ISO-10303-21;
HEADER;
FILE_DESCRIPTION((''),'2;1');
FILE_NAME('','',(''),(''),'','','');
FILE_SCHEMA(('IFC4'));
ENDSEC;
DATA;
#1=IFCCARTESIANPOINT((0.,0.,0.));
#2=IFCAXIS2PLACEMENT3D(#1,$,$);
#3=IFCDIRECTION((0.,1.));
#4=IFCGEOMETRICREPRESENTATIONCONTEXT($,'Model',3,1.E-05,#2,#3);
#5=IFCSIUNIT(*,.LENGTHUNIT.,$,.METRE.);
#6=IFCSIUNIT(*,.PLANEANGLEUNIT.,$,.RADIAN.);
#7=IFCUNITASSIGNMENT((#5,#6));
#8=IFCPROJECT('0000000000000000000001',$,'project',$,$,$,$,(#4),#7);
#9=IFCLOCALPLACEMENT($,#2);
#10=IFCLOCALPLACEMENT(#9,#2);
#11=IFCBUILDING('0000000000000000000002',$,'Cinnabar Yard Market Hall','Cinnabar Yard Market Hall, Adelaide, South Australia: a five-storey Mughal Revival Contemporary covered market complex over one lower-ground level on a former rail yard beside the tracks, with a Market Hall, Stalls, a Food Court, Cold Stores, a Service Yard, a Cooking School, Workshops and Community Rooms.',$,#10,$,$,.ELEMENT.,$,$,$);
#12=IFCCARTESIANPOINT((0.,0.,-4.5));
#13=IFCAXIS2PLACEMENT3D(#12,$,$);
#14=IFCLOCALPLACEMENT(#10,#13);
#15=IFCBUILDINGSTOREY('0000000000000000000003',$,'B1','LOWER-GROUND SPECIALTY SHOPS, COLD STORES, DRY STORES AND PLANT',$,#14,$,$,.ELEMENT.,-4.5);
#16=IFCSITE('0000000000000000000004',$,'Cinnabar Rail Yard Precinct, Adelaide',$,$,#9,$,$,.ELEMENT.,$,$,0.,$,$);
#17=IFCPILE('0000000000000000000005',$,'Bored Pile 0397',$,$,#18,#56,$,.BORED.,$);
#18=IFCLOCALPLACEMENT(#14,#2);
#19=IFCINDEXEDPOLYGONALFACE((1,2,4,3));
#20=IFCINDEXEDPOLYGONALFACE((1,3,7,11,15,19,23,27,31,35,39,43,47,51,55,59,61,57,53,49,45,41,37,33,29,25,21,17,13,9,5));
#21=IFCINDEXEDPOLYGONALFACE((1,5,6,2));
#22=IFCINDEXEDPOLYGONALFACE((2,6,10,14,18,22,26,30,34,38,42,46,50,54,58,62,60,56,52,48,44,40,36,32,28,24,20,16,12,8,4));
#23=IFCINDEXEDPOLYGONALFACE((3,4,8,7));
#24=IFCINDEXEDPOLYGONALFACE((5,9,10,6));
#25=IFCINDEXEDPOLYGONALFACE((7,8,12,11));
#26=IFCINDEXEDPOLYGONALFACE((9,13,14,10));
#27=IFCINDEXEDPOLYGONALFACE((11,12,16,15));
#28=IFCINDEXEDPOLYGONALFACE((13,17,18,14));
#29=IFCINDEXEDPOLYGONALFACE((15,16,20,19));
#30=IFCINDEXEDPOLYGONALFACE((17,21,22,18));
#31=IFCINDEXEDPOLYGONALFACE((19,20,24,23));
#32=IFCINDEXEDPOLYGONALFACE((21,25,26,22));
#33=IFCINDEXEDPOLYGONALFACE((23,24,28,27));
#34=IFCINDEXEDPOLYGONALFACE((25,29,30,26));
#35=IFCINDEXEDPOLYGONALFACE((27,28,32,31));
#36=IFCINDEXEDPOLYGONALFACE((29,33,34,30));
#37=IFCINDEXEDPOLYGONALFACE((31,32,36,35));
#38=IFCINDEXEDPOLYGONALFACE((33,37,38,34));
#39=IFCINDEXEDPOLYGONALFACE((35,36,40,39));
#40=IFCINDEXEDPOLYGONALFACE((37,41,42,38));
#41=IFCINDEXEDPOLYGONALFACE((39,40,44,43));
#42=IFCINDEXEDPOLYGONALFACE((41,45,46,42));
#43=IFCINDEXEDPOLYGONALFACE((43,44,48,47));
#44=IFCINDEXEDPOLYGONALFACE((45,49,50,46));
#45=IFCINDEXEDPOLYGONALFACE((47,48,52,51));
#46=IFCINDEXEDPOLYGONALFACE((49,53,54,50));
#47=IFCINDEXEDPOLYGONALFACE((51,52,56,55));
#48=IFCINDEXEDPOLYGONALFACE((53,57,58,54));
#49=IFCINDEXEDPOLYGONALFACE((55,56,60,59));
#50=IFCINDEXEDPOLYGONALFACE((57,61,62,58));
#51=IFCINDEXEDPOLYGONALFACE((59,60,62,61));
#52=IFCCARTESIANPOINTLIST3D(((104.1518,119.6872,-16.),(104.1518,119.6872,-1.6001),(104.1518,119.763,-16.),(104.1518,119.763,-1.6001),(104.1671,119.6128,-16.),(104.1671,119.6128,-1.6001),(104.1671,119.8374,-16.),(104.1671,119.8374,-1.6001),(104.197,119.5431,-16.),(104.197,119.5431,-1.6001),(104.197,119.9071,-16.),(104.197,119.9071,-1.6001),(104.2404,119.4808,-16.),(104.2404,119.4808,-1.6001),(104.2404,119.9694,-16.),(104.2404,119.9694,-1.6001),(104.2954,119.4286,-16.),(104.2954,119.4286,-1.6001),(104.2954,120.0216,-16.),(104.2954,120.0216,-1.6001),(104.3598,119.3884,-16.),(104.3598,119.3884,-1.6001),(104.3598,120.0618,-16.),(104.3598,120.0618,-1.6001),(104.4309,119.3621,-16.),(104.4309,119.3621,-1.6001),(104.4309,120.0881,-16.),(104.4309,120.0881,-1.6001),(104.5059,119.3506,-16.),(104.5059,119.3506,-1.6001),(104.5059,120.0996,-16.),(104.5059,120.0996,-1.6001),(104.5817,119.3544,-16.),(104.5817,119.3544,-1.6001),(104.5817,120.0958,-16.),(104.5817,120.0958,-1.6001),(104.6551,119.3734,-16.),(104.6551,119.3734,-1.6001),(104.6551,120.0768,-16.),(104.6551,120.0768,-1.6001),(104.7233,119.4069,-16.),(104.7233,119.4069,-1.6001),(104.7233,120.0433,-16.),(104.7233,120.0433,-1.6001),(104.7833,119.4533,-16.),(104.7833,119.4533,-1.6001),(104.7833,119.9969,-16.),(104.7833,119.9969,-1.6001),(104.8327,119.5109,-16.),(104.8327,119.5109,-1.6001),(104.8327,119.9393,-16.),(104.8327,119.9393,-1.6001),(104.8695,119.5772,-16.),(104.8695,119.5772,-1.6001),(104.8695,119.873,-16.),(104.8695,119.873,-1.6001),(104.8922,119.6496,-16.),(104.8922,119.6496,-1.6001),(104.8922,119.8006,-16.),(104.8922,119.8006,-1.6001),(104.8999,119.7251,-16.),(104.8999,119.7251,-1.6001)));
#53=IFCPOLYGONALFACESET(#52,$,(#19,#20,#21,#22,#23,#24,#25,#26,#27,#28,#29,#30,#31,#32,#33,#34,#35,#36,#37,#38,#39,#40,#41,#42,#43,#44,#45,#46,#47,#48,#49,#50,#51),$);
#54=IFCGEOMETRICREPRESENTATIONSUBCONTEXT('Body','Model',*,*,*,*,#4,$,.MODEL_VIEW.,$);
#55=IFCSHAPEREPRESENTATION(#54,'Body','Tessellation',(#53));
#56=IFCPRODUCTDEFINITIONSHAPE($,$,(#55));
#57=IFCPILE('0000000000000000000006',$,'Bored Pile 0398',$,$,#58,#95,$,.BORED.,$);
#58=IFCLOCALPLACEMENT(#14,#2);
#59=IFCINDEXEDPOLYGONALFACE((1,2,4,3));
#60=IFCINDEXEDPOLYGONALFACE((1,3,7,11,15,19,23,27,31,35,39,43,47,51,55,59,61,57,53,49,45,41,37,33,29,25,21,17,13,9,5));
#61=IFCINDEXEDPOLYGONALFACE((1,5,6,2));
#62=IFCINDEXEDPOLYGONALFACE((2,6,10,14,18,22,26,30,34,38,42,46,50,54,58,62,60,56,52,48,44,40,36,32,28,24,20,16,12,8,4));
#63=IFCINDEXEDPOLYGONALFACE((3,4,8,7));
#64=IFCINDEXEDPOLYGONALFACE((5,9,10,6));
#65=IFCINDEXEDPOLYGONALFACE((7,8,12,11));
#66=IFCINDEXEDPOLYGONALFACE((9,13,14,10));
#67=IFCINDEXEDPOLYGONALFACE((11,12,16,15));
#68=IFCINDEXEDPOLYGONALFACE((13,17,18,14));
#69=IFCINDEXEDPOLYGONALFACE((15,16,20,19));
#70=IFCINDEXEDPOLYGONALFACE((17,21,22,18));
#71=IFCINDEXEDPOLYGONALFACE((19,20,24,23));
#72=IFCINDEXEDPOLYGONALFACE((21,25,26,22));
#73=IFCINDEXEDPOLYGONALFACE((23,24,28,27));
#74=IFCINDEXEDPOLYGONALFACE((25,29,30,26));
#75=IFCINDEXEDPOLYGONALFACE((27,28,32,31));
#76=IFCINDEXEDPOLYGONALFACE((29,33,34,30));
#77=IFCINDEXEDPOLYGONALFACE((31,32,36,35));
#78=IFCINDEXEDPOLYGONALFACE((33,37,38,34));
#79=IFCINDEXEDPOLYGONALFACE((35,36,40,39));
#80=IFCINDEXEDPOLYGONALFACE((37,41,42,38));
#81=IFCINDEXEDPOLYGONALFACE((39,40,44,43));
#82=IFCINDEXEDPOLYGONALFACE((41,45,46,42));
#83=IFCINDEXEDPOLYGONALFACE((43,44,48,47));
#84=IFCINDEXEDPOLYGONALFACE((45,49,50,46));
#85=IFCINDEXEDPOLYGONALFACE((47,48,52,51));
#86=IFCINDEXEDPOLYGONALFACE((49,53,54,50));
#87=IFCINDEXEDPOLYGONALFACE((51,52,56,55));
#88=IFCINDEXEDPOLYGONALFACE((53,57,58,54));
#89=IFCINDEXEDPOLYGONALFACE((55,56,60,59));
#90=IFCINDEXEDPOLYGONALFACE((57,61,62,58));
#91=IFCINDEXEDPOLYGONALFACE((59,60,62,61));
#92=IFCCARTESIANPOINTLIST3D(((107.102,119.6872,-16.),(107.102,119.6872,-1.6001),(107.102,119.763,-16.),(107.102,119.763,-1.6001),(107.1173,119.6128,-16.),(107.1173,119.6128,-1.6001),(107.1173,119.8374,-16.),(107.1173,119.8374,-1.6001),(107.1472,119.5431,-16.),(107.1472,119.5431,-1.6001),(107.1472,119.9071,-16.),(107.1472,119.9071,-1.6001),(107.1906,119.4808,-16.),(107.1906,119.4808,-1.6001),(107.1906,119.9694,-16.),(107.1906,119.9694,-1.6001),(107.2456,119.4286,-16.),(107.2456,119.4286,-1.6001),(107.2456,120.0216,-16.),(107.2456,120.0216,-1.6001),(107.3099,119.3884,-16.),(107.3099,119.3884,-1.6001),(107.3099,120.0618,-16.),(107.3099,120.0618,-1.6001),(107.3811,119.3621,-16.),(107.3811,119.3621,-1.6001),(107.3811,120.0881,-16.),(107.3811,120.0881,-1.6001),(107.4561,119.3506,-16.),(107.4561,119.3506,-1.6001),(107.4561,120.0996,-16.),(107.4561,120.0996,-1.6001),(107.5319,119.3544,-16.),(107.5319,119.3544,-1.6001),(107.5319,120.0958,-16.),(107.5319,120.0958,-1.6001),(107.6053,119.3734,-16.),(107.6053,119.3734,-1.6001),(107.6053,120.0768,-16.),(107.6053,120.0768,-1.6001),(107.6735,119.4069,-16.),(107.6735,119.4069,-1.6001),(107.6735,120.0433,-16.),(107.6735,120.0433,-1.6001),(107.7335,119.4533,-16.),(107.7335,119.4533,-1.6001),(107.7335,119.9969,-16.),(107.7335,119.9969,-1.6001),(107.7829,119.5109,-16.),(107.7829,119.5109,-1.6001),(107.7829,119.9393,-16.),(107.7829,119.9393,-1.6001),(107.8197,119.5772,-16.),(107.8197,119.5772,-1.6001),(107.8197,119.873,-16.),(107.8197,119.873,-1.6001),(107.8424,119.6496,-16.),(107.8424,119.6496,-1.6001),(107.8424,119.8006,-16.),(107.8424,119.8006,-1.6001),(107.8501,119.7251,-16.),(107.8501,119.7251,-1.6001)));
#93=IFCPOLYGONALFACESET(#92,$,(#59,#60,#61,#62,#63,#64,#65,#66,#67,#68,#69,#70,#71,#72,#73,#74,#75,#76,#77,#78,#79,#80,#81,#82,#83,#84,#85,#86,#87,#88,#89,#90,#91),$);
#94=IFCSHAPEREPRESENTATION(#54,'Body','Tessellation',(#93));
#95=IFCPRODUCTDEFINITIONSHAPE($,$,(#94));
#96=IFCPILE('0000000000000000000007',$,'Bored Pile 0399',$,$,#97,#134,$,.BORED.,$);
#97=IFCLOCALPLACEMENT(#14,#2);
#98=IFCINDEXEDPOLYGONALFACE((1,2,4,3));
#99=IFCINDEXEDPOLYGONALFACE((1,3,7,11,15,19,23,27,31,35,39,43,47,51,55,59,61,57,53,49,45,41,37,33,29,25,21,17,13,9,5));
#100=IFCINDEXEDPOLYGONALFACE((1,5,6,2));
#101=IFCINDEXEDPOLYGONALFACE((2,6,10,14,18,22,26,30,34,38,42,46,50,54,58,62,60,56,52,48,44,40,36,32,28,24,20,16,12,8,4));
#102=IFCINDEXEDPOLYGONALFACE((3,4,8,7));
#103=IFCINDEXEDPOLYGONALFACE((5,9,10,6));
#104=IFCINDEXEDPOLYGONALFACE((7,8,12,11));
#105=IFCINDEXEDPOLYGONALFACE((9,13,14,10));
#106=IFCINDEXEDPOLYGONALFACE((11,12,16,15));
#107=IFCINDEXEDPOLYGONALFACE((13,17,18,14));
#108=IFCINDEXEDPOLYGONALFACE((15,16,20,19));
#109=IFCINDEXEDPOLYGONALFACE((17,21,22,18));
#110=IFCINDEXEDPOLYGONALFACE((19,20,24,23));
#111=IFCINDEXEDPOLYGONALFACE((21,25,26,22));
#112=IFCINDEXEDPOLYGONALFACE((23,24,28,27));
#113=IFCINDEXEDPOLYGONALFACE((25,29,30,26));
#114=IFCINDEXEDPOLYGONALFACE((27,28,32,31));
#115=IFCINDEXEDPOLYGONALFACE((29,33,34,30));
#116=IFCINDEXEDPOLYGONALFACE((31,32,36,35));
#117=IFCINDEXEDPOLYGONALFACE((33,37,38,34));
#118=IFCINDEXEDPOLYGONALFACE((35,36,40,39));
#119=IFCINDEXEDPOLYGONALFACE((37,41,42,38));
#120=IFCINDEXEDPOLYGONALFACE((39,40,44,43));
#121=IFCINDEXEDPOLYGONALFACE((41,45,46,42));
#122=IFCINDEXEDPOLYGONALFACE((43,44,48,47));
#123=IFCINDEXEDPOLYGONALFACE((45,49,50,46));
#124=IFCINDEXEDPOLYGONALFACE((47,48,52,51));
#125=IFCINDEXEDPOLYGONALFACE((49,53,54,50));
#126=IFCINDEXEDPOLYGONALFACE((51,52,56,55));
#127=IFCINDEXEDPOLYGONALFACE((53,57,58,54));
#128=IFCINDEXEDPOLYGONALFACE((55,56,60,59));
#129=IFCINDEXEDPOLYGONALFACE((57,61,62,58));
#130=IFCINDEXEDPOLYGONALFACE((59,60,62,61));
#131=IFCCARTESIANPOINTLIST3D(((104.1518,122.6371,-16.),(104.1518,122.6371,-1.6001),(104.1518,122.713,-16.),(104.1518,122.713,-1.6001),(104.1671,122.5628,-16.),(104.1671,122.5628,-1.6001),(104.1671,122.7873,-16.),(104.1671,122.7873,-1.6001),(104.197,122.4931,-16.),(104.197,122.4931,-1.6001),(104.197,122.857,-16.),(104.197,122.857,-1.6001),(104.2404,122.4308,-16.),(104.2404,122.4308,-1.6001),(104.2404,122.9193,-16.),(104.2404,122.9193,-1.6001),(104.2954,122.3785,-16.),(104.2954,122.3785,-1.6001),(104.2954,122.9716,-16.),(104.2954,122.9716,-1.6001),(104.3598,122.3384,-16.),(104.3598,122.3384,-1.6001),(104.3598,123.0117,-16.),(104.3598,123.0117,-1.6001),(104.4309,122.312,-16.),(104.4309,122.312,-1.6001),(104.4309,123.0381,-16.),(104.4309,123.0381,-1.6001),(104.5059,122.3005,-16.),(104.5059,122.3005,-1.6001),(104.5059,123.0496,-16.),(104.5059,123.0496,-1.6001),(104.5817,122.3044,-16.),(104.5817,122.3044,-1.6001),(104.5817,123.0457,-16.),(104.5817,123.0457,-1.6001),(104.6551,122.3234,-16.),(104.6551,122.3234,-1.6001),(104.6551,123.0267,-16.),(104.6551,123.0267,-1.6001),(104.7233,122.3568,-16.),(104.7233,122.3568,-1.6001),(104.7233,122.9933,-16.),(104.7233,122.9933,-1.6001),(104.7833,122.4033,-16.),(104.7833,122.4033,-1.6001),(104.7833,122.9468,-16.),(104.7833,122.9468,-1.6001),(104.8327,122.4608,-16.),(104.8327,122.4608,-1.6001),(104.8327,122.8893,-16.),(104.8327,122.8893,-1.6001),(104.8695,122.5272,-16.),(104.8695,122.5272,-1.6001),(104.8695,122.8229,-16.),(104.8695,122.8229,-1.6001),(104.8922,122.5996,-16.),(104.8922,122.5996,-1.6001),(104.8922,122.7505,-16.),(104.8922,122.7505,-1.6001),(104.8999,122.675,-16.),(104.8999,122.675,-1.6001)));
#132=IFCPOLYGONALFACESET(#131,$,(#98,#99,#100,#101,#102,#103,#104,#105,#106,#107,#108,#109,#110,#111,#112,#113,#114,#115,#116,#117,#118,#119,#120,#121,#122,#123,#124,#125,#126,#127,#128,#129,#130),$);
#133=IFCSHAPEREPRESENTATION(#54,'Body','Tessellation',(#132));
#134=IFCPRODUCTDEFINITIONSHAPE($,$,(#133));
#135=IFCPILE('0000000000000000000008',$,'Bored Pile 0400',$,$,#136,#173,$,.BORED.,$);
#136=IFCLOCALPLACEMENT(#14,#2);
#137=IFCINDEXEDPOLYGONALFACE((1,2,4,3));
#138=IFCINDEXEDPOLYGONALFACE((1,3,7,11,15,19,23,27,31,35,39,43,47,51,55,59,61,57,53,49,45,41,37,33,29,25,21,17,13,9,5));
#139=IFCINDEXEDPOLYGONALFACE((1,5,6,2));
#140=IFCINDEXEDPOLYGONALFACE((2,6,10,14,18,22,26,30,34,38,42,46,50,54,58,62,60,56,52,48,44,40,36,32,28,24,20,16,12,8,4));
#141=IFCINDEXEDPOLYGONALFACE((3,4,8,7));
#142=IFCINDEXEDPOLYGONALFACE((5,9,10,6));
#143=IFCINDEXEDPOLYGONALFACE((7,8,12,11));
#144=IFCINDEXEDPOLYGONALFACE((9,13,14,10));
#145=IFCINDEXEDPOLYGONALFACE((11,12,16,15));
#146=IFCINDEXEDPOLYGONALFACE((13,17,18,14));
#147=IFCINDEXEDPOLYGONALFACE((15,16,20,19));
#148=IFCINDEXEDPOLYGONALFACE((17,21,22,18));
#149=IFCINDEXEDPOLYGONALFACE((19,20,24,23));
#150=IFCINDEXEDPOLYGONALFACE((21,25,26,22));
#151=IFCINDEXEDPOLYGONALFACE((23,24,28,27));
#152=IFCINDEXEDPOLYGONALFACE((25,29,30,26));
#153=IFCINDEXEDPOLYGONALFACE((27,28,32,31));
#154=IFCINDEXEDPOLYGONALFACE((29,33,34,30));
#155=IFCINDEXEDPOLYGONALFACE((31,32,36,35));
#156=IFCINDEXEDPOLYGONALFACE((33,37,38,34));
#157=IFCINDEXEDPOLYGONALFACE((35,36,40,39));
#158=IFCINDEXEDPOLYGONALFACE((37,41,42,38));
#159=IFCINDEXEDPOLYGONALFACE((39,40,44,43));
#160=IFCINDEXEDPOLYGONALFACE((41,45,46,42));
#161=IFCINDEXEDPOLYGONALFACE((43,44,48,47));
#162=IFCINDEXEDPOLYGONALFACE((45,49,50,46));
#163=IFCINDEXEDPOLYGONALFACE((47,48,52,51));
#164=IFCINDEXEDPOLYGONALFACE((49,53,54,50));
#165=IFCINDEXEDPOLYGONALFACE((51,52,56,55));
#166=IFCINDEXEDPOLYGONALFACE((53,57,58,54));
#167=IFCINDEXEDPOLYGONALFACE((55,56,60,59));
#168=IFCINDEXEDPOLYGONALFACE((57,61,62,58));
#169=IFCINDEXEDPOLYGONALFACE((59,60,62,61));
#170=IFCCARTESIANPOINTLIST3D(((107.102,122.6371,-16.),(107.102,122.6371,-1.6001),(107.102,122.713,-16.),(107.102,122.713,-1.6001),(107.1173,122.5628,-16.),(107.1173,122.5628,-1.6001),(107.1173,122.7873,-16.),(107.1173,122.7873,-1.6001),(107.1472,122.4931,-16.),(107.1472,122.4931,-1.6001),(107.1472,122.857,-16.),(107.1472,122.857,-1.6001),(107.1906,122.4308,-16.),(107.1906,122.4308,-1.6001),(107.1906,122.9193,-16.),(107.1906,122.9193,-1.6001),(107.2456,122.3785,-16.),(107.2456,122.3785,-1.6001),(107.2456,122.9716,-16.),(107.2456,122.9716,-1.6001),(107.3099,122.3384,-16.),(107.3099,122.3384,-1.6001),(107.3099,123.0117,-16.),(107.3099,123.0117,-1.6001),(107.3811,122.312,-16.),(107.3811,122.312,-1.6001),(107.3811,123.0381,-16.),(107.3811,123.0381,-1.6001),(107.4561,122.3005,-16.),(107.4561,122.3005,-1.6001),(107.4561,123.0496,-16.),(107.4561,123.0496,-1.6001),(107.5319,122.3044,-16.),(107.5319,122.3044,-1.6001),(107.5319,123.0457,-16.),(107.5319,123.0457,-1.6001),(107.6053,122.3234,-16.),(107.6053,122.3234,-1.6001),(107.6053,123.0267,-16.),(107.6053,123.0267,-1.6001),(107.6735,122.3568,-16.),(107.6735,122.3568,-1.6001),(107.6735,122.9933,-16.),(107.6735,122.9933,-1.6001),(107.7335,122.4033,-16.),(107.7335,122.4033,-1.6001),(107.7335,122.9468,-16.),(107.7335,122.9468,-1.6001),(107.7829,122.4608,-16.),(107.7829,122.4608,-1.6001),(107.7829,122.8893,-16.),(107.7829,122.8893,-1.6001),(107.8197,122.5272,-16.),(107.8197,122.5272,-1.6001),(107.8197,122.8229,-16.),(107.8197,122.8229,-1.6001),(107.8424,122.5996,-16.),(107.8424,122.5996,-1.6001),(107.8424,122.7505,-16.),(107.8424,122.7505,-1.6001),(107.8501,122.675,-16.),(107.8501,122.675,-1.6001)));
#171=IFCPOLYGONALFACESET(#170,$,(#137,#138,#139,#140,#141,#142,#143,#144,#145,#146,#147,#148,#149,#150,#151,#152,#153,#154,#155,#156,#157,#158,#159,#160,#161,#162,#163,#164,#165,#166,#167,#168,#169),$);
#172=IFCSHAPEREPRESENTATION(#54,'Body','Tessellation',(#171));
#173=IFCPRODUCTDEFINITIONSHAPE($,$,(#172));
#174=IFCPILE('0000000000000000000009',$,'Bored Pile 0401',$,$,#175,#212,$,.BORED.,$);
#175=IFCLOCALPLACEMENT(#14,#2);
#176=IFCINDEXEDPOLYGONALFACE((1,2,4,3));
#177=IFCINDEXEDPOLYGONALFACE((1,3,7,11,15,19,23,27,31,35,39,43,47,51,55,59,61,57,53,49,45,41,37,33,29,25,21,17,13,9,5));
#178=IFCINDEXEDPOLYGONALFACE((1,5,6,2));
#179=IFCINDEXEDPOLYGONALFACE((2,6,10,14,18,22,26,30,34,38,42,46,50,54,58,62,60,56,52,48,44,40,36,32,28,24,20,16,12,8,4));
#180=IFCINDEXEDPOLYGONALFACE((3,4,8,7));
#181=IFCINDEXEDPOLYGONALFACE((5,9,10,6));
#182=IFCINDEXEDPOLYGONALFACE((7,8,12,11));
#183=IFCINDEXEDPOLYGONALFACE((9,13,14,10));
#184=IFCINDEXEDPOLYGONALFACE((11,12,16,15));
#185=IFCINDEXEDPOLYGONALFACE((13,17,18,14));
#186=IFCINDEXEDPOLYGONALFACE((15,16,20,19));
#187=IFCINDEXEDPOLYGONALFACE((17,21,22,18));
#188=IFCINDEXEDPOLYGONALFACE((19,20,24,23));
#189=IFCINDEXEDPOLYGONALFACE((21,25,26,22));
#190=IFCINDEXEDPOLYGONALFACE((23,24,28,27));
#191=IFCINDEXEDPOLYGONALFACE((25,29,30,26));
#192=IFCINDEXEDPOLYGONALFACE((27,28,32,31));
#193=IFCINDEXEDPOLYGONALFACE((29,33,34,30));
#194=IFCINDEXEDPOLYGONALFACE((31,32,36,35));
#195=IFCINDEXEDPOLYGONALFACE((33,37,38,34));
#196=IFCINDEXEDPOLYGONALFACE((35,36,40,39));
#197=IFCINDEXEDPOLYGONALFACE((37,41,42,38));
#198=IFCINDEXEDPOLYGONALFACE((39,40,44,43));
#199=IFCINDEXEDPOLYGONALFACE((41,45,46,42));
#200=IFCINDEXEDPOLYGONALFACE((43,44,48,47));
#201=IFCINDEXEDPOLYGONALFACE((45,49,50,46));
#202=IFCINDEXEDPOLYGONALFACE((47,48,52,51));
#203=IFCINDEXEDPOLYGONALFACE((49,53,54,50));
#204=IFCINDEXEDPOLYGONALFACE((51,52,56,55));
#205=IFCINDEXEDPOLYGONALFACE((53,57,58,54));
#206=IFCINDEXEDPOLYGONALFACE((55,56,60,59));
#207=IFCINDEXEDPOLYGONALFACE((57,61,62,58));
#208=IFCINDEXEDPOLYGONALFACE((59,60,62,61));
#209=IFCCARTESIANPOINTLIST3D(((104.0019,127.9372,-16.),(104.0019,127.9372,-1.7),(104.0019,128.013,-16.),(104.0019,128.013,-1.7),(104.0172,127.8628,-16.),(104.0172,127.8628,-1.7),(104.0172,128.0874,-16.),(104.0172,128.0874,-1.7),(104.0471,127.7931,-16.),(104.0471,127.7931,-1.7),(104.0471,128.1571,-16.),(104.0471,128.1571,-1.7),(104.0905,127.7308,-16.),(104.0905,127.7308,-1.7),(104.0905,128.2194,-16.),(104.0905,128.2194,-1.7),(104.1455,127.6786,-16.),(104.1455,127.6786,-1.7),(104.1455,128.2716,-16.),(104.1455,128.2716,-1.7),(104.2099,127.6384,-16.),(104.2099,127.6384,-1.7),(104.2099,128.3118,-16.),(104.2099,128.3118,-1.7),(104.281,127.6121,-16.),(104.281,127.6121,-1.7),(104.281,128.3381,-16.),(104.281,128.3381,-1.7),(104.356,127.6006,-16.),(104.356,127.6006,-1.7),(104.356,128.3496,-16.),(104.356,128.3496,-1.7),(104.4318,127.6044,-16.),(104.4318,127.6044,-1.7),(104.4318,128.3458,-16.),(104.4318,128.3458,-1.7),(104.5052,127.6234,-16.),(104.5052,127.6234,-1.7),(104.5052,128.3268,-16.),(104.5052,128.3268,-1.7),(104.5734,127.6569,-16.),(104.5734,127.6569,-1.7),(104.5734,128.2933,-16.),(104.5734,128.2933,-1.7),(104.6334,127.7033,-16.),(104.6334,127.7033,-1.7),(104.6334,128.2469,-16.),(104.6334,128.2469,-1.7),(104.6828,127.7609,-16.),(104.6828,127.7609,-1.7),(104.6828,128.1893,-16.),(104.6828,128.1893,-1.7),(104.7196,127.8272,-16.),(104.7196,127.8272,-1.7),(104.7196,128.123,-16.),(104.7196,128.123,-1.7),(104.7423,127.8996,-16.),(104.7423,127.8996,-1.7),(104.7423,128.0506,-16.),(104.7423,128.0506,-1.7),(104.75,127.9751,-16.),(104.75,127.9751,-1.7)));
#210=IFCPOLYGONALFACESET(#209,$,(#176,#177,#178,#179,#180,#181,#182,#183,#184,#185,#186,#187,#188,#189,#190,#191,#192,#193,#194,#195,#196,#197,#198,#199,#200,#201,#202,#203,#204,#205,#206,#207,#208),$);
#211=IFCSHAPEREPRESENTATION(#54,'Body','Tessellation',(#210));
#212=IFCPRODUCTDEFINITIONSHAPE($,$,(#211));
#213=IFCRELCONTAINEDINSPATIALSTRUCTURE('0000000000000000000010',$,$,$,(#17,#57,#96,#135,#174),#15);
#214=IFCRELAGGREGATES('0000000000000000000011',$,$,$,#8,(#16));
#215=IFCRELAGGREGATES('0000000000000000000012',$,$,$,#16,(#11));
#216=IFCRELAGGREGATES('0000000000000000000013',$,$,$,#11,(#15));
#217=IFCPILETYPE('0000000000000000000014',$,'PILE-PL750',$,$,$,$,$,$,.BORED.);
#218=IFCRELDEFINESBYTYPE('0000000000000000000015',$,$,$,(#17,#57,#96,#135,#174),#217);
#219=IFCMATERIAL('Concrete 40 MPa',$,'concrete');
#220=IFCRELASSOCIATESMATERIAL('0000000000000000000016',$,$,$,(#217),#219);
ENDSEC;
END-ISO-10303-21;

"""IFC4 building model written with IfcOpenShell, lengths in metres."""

from ifc_helpers import new_model, si_unit, direction, frame, origin, origin_2d_with_axis, place, context, subcontext, project, spatial, circle, extrude, material, material_profile, profile_set, type_object, element, save


model = new_model("IFC4")

# Units and contexts
model_context = context("Model", 3, precision=1e-05, world=origin(), true_north=direction((0.0, 1.0)))
body_context = subcontext(model_context, "Body", "Model", "MODEL_VIEW")
ifc_project = project(units=[si_unit("LENGTHUNIT", "METRE"), si_unit("PLANEANGLEUNIT", "RADIAN")], contexts=[model_context])

# Site, building, storey
site_placement = place(None, origin())
site = spatial("IfcSite", under=ifc_project, at=site_placement, Name="Cinnabar Rail Yard Precinct, Adelaide", CompositionType="ELEMENT", RefElevation=0.0)
building_placement = place(site_placement, origin())
building = spatial("IfcBuilding", under=site, at=building_placement, Name="Cinnabar Yard Market Hall", Description="Cinnabar Yard Market Hall, Adelaide, South Australia: a five-storey Mughal Revival Contemporary covered market complex over one lower-ground level on a former rail yard beside the tracks, with a Market Hall, Stalls, a Food Court, Cold Stores, a Service Yard, a Cooking School, Workshops and Community Rooms.", CompositionType="ELEMENT")
storey_placement = place(building_placement, frame((0.0, 0.0, -4.5)))
storey = spatial("IfcBuildingStorey", under=building, at=storey_placement, Name="B1", Description="LOWER-GROUND SPECIALTY SHOPS, COLD STORES, DRY STORES AND PLANT", CompositionType="ELEMENT", Elevation=-4.5)

# Shared definitions
ifc_material_1 = material(Name="Concrete 40 MPa", Category="concrete")

# Piles
ifc_material_profile_1 = material_profile(ifc_material_1, circle(Radius=0.375, at=origin_2d_with_axis()), Name="PILE-D750")
ifc_profile_set_1 = profile_set([ifc_material_profile_1], Name="Concrete 40 MPa")
pile_type_1 = type_object("IfcPileType", Name="PILE-PL750", PredefinedType="BORED", material=ifc_profile_set_1)
for number, where, z_axis, x_axis, name in (
    (1, (104.5249, 119.7251, -1.6001), (0.0, 0.0, -1.0), (1.0, 0.0, 0.0), "Bored Pile 0397"),
    (2, (107.4751, 119.7251, -1.6001), (0.0, 0.0, -1.0), (1.0, 0.0, 0.0), "Bored Pile 0398"),
    (3, (104.5249, 122.675, -1.6001), (0.0, 0.0, -1.0), (1.0, 0.0, 0.0), "Bored Pile 0399"),
    (4, (107.4751, 122.675, -1.6001), (0.0, 0.0, -1.0), (1.0, 0.0, 0.0), "Bored Pile 0400"),
):
    element("IfcPile", number, at=place(storey_placement, frame(where, z_axis=z_axis, x_axis=x_axis)), inside=storey, type_object=pile_type_1, Name=name, PredefinedType="BORED", context=body_context, shape_type="SweptSolid", body=[
        extrude(circle(Radius=0.375, at=origin_2d_with_axis()), origin(), (0.0, 0.0, 1.0), 14.3999),
    ])
for number, where, z_axis, x_axis, name in (
    (5, (104.375, 127.9751, -1.7), (0.0, 0.0, -1.0), (1.0, 0.0, 0.0), "Bored Pile 0401"),
):
    element("IfcPile", number, at=place(storey_placement, frame(where, z_axis=z_axis, x_axis=x_axis)), inside=storey, type_object=pile_type_1, Name=name, PredefinedType="BORED", context=body_context, shape_type="SweptSolid", body=[
        extrude(circle(Radius=0.375, at=origin_2d_with_axis()), origin(), (0.0, 0.0, 1.0), 14.3),
    ])

save(model, "model.ifc")
